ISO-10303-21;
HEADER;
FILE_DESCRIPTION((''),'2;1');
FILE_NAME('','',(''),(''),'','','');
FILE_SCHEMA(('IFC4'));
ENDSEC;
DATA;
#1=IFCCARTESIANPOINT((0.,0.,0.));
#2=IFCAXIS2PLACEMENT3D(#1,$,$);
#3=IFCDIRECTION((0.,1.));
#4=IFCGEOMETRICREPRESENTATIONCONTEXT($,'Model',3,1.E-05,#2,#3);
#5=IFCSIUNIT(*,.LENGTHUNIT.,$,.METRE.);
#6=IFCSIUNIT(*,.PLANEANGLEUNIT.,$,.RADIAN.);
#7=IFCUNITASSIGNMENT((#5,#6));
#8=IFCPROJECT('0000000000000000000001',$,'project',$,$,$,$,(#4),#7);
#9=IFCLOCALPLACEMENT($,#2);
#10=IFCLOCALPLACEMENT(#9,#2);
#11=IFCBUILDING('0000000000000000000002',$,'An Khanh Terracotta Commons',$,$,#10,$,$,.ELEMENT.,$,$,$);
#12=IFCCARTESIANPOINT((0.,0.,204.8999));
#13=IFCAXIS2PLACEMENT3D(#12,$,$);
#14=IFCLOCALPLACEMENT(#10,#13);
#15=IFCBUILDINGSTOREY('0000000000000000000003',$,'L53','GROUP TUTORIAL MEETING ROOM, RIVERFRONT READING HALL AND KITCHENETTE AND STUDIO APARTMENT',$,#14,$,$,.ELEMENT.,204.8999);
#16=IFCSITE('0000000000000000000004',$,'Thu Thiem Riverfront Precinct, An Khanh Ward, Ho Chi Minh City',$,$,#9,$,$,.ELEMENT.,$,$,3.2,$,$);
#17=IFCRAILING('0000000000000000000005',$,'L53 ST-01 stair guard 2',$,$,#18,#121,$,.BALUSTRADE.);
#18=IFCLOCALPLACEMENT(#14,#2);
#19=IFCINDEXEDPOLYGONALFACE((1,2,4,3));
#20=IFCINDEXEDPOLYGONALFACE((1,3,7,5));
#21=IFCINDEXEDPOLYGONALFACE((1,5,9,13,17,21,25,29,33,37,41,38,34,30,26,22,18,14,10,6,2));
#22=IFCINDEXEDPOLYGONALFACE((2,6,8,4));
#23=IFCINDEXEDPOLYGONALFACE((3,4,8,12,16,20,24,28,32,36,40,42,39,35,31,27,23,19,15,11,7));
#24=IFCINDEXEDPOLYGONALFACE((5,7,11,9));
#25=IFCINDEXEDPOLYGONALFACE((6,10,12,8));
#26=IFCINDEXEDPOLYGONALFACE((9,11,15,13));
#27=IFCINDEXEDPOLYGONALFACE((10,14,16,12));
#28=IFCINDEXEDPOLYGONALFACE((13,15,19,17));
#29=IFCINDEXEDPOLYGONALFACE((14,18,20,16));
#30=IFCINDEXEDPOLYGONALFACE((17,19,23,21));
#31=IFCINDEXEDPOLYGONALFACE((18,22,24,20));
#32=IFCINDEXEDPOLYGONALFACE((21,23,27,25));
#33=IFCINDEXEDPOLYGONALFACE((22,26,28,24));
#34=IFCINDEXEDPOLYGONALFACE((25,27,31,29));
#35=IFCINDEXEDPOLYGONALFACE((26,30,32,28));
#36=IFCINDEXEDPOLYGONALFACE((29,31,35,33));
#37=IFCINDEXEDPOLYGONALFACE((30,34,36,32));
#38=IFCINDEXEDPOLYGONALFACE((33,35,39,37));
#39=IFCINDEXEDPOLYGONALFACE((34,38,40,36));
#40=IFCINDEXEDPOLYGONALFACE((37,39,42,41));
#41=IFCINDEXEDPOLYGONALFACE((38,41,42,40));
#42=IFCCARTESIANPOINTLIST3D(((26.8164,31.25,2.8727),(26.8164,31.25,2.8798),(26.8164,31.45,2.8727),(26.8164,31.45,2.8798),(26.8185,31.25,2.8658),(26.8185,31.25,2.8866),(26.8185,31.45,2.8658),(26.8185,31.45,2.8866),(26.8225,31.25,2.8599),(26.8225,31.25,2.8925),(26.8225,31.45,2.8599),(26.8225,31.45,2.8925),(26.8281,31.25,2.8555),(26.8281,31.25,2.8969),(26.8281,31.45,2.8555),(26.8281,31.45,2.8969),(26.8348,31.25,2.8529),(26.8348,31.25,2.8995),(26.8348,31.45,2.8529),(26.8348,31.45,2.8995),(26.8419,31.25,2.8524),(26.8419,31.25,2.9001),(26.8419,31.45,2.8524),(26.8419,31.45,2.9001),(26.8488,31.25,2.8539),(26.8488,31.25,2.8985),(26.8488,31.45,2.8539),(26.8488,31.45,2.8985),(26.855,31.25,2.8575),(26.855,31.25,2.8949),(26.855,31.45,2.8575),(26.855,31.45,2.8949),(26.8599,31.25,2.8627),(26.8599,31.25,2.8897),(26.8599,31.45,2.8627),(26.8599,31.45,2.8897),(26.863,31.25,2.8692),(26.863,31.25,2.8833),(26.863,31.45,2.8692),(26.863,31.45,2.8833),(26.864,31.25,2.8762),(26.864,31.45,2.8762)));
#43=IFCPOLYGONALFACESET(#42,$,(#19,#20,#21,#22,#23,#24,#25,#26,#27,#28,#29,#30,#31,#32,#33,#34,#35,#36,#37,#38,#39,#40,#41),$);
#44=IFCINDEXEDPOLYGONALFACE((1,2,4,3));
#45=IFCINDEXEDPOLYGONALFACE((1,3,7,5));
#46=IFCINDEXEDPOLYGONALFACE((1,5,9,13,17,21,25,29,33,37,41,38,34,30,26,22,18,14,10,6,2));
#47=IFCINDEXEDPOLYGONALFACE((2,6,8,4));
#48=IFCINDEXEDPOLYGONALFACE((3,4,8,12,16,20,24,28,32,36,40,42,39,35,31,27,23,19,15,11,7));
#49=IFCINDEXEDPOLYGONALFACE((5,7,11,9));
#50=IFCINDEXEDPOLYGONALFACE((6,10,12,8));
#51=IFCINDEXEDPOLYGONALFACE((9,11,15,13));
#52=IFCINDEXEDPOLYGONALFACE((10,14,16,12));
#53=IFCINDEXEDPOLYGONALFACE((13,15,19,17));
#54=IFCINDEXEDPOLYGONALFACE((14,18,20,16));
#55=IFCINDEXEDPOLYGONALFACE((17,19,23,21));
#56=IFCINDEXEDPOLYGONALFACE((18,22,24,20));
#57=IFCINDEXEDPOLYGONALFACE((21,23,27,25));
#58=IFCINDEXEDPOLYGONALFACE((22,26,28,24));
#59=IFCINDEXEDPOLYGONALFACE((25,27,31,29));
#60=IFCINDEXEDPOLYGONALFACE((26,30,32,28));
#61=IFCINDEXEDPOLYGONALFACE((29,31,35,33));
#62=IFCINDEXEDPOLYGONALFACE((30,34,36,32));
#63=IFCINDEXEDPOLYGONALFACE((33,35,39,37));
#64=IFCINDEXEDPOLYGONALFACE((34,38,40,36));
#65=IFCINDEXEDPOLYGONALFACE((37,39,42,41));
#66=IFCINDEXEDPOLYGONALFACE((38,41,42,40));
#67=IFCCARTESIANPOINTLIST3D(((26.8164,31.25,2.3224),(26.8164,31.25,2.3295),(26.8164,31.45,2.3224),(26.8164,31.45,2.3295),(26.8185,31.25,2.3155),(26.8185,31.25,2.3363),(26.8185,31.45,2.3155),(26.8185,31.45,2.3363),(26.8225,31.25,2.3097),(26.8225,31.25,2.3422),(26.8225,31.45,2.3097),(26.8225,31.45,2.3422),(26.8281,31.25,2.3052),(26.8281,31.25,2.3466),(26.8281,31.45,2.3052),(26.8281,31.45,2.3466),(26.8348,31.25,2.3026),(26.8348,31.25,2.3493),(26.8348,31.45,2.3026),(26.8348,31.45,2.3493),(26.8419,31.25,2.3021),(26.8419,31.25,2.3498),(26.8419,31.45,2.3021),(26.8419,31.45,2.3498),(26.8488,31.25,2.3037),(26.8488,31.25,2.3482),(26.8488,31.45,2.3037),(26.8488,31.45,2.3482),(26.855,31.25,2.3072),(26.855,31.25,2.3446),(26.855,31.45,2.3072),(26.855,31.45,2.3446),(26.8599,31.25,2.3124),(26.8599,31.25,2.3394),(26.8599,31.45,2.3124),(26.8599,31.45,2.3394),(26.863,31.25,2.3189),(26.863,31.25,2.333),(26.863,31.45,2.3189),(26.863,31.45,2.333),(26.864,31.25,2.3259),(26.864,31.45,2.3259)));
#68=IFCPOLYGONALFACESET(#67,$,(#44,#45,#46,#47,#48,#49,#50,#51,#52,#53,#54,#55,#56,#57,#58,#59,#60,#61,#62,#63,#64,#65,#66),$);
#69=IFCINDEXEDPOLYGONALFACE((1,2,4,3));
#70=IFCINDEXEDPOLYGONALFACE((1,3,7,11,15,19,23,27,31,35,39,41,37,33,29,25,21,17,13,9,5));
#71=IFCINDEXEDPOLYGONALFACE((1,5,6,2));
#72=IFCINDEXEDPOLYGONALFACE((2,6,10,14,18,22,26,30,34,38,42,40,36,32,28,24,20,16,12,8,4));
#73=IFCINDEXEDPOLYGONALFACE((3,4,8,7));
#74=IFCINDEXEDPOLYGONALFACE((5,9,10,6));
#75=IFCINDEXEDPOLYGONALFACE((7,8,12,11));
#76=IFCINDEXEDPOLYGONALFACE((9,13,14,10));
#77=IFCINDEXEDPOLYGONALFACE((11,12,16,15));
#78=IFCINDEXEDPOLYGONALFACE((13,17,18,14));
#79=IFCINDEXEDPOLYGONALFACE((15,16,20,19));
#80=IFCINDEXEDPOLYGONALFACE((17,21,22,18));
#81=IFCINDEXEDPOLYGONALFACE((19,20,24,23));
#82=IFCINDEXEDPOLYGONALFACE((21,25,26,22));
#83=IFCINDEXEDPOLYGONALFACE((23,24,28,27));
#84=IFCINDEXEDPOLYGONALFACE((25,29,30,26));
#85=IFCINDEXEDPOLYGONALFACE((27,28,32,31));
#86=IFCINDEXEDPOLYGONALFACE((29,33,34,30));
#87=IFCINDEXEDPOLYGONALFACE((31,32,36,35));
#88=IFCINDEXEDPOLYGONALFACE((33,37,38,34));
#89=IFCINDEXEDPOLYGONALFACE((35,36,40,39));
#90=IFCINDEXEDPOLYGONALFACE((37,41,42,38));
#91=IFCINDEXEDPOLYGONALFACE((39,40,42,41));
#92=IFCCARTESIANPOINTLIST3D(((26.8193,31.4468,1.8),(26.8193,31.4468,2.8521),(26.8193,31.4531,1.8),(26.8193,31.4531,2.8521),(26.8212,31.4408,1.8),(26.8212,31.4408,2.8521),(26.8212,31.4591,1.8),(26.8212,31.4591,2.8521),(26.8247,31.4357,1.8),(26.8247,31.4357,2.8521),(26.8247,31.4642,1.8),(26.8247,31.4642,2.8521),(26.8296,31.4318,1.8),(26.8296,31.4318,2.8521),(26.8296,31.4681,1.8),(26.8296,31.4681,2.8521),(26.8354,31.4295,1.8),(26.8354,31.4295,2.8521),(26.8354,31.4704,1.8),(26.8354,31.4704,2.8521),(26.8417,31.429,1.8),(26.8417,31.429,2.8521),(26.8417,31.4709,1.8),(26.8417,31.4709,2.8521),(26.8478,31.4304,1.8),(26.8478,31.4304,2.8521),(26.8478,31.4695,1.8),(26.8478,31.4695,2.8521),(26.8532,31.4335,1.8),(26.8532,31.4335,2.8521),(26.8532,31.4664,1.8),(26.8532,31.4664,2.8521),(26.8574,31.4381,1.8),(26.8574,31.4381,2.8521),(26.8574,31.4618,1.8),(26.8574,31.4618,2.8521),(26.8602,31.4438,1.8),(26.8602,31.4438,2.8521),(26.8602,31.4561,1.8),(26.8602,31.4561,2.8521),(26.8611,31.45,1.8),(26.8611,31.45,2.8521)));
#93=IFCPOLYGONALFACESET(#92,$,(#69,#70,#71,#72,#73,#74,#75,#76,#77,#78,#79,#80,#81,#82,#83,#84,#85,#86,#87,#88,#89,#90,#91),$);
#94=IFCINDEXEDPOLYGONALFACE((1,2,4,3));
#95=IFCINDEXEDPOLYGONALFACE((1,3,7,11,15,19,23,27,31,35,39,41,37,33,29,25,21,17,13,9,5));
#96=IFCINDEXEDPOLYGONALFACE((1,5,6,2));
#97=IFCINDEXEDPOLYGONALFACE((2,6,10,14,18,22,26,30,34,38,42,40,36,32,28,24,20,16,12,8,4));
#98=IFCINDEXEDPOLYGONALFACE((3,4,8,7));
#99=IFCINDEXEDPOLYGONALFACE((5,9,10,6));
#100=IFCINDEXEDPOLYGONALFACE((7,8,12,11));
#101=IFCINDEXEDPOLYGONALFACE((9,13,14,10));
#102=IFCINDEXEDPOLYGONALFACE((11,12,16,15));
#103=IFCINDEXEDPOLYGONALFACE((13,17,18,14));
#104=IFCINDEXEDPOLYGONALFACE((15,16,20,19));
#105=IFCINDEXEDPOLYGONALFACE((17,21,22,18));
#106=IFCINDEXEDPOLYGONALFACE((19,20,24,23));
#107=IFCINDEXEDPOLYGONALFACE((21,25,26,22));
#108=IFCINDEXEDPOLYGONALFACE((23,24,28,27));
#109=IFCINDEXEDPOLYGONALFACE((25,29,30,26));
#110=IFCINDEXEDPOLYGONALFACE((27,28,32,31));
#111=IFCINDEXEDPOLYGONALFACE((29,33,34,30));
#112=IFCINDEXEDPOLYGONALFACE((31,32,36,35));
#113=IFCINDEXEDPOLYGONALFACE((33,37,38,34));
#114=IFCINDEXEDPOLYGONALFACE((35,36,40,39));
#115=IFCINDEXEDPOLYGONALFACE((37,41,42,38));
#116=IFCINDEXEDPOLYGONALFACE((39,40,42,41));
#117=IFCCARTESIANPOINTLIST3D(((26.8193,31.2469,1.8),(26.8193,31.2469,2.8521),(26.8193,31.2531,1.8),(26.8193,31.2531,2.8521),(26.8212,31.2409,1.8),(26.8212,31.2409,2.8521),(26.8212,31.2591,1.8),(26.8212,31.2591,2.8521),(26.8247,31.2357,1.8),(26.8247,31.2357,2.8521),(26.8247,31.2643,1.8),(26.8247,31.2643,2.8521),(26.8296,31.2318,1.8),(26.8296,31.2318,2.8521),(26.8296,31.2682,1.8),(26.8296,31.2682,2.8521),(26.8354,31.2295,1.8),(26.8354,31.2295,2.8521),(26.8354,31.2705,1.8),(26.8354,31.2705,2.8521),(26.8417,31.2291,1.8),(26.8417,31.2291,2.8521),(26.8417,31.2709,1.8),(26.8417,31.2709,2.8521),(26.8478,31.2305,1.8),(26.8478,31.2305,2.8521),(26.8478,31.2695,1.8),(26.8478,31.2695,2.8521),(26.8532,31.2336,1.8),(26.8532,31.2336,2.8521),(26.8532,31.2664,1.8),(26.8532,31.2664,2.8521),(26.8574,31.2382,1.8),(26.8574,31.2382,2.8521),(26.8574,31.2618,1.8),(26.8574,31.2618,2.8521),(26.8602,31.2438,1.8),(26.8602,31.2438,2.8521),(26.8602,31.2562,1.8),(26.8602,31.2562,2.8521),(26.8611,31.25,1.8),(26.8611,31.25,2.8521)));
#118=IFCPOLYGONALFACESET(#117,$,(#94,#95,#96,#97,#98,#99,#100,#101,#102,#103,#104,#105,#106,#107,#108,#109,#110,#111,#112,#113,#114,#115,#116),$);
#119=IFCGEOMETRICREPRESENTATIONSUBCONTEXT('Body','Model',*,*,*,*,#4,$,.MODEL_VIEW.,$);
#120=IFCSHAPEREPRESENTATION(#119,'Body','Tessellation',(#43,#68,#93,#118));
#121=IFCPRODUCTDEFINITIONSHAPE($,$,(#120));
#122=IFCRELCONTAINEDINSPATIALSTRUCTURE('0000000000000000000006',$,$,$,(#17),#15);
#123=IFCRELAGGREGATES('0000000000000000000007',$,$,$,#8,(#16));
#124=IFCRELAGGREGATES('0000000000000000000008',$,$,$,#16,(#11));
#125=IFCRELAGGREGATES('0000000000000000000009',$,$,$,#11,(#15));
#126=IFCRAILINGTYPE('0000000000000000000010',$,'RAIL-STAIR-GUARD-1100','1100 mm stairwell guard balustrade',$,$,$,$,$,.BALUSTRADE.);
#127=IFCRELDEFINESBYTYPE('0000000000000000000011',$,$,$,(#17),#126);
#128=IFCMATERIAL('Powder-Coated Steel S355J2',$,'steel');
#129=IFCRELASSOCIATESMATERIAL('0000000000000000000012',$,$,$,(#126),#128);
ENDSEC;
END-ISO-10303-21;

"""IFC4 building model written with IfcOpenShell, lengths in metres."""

from ifc_helpers import new_model, si_unit, direction, frame, origin, origin_2d, place, context, subcontext, project, spatial, circle, extrude, material, type_object, element, save


model = new_model("IFC4")

# Units and contexts
model_context = context("Model", 3, precision=1e-05, world=origin(), true_north=direction((0.0, 1.0)))
body_context = subcontext(model_context, "Body", "Model", "MODEL_VIEW")
ifc_project = project(units=[si_unit("LENGTHUNIT", "METRE"), si_unit("PLANEANGLEUNIT", "RADIAN")], contexts=[model_context])

# Site, building, storey
site_placement = place(None, origin())
site = spatial("IfcSite", under=ifc_project, at=site_placement, Name="Thu Thiem Riverfront Precinct, An Khanh Ward, Ho Chi Minh City", CompositionType="ELEMENT", RefElevation=3.2)
building_placement = place(site_placement, origin())
building = spatial("IfcBuilding", under=site, at=building_placement, Name="An Khanh Terracotta Commons", CompositionType="ELEMENT")
storey_placement = place(building_placement, frame((0.0, 0.0, 204.8999)))
storey = spatial("IfcBuildingStorey", under=building, at=storey_placement, Name="L53", Description="GROUP TUTORIAL MEETING ROOM, RIVERFRONT READING HALL AND KITCHENETTE AND STUDIO APARTMENT", CompositionType="ELEMENT", Elevation=204.8999)

# Railing
ifc_material_1 = material(Name="Powder-Coated Steel S355J2", Category="steel")
railing_type_1 = type_object("IfcRailingType", Name="RAIL-STAIR-GUARD-1100", Description="1100 mm stairwell guard balustrade", PredefinedType="BALUSTRADE", material=ifc_material_1)
railing_1_placement = place(storey_placement, frame((26.8401, 31.45, 1.8)))
element("IfcRailing", 1, at=railing_1_placement, inside=storey, type_object=railing_type_1, Name="L53 ST-01 stair guard 2", PredefinedType="BALUSTRADE", context=body_context, shape_type="SweptSolid", body=[
    extrude(circle(Radius=0.0239, at=origin_2d()), frame((0.0, 0.0, 1.0762), z_axis=(0.0, -1.0, 0.0), x_axis=(1.0, 0.0, 0.0)), (0.0, 0.0, 1.0), 0.2),
    extrude(circle(Radius=0.0239, at=origin_2d()), frame((0.0, 0.0, 0.5259), z_axis=(0.0, -1.0, 0.0), x_axis=(1.0, 0.0, 0.0)), (0.0, 0.0, 1.0), 0.2),
    extrude(circle(Radius=0.021, at=origin_2d()), origin(), (0.0, 0.0, 1.0), 1.052),
    extrude(circle(Radius=0.021, at=origin_2d()), frame((0.0, -0.2, 0.0)), (0.0, 0.0, 1.0), 1.052),
])

save(model, "model.ifc")
